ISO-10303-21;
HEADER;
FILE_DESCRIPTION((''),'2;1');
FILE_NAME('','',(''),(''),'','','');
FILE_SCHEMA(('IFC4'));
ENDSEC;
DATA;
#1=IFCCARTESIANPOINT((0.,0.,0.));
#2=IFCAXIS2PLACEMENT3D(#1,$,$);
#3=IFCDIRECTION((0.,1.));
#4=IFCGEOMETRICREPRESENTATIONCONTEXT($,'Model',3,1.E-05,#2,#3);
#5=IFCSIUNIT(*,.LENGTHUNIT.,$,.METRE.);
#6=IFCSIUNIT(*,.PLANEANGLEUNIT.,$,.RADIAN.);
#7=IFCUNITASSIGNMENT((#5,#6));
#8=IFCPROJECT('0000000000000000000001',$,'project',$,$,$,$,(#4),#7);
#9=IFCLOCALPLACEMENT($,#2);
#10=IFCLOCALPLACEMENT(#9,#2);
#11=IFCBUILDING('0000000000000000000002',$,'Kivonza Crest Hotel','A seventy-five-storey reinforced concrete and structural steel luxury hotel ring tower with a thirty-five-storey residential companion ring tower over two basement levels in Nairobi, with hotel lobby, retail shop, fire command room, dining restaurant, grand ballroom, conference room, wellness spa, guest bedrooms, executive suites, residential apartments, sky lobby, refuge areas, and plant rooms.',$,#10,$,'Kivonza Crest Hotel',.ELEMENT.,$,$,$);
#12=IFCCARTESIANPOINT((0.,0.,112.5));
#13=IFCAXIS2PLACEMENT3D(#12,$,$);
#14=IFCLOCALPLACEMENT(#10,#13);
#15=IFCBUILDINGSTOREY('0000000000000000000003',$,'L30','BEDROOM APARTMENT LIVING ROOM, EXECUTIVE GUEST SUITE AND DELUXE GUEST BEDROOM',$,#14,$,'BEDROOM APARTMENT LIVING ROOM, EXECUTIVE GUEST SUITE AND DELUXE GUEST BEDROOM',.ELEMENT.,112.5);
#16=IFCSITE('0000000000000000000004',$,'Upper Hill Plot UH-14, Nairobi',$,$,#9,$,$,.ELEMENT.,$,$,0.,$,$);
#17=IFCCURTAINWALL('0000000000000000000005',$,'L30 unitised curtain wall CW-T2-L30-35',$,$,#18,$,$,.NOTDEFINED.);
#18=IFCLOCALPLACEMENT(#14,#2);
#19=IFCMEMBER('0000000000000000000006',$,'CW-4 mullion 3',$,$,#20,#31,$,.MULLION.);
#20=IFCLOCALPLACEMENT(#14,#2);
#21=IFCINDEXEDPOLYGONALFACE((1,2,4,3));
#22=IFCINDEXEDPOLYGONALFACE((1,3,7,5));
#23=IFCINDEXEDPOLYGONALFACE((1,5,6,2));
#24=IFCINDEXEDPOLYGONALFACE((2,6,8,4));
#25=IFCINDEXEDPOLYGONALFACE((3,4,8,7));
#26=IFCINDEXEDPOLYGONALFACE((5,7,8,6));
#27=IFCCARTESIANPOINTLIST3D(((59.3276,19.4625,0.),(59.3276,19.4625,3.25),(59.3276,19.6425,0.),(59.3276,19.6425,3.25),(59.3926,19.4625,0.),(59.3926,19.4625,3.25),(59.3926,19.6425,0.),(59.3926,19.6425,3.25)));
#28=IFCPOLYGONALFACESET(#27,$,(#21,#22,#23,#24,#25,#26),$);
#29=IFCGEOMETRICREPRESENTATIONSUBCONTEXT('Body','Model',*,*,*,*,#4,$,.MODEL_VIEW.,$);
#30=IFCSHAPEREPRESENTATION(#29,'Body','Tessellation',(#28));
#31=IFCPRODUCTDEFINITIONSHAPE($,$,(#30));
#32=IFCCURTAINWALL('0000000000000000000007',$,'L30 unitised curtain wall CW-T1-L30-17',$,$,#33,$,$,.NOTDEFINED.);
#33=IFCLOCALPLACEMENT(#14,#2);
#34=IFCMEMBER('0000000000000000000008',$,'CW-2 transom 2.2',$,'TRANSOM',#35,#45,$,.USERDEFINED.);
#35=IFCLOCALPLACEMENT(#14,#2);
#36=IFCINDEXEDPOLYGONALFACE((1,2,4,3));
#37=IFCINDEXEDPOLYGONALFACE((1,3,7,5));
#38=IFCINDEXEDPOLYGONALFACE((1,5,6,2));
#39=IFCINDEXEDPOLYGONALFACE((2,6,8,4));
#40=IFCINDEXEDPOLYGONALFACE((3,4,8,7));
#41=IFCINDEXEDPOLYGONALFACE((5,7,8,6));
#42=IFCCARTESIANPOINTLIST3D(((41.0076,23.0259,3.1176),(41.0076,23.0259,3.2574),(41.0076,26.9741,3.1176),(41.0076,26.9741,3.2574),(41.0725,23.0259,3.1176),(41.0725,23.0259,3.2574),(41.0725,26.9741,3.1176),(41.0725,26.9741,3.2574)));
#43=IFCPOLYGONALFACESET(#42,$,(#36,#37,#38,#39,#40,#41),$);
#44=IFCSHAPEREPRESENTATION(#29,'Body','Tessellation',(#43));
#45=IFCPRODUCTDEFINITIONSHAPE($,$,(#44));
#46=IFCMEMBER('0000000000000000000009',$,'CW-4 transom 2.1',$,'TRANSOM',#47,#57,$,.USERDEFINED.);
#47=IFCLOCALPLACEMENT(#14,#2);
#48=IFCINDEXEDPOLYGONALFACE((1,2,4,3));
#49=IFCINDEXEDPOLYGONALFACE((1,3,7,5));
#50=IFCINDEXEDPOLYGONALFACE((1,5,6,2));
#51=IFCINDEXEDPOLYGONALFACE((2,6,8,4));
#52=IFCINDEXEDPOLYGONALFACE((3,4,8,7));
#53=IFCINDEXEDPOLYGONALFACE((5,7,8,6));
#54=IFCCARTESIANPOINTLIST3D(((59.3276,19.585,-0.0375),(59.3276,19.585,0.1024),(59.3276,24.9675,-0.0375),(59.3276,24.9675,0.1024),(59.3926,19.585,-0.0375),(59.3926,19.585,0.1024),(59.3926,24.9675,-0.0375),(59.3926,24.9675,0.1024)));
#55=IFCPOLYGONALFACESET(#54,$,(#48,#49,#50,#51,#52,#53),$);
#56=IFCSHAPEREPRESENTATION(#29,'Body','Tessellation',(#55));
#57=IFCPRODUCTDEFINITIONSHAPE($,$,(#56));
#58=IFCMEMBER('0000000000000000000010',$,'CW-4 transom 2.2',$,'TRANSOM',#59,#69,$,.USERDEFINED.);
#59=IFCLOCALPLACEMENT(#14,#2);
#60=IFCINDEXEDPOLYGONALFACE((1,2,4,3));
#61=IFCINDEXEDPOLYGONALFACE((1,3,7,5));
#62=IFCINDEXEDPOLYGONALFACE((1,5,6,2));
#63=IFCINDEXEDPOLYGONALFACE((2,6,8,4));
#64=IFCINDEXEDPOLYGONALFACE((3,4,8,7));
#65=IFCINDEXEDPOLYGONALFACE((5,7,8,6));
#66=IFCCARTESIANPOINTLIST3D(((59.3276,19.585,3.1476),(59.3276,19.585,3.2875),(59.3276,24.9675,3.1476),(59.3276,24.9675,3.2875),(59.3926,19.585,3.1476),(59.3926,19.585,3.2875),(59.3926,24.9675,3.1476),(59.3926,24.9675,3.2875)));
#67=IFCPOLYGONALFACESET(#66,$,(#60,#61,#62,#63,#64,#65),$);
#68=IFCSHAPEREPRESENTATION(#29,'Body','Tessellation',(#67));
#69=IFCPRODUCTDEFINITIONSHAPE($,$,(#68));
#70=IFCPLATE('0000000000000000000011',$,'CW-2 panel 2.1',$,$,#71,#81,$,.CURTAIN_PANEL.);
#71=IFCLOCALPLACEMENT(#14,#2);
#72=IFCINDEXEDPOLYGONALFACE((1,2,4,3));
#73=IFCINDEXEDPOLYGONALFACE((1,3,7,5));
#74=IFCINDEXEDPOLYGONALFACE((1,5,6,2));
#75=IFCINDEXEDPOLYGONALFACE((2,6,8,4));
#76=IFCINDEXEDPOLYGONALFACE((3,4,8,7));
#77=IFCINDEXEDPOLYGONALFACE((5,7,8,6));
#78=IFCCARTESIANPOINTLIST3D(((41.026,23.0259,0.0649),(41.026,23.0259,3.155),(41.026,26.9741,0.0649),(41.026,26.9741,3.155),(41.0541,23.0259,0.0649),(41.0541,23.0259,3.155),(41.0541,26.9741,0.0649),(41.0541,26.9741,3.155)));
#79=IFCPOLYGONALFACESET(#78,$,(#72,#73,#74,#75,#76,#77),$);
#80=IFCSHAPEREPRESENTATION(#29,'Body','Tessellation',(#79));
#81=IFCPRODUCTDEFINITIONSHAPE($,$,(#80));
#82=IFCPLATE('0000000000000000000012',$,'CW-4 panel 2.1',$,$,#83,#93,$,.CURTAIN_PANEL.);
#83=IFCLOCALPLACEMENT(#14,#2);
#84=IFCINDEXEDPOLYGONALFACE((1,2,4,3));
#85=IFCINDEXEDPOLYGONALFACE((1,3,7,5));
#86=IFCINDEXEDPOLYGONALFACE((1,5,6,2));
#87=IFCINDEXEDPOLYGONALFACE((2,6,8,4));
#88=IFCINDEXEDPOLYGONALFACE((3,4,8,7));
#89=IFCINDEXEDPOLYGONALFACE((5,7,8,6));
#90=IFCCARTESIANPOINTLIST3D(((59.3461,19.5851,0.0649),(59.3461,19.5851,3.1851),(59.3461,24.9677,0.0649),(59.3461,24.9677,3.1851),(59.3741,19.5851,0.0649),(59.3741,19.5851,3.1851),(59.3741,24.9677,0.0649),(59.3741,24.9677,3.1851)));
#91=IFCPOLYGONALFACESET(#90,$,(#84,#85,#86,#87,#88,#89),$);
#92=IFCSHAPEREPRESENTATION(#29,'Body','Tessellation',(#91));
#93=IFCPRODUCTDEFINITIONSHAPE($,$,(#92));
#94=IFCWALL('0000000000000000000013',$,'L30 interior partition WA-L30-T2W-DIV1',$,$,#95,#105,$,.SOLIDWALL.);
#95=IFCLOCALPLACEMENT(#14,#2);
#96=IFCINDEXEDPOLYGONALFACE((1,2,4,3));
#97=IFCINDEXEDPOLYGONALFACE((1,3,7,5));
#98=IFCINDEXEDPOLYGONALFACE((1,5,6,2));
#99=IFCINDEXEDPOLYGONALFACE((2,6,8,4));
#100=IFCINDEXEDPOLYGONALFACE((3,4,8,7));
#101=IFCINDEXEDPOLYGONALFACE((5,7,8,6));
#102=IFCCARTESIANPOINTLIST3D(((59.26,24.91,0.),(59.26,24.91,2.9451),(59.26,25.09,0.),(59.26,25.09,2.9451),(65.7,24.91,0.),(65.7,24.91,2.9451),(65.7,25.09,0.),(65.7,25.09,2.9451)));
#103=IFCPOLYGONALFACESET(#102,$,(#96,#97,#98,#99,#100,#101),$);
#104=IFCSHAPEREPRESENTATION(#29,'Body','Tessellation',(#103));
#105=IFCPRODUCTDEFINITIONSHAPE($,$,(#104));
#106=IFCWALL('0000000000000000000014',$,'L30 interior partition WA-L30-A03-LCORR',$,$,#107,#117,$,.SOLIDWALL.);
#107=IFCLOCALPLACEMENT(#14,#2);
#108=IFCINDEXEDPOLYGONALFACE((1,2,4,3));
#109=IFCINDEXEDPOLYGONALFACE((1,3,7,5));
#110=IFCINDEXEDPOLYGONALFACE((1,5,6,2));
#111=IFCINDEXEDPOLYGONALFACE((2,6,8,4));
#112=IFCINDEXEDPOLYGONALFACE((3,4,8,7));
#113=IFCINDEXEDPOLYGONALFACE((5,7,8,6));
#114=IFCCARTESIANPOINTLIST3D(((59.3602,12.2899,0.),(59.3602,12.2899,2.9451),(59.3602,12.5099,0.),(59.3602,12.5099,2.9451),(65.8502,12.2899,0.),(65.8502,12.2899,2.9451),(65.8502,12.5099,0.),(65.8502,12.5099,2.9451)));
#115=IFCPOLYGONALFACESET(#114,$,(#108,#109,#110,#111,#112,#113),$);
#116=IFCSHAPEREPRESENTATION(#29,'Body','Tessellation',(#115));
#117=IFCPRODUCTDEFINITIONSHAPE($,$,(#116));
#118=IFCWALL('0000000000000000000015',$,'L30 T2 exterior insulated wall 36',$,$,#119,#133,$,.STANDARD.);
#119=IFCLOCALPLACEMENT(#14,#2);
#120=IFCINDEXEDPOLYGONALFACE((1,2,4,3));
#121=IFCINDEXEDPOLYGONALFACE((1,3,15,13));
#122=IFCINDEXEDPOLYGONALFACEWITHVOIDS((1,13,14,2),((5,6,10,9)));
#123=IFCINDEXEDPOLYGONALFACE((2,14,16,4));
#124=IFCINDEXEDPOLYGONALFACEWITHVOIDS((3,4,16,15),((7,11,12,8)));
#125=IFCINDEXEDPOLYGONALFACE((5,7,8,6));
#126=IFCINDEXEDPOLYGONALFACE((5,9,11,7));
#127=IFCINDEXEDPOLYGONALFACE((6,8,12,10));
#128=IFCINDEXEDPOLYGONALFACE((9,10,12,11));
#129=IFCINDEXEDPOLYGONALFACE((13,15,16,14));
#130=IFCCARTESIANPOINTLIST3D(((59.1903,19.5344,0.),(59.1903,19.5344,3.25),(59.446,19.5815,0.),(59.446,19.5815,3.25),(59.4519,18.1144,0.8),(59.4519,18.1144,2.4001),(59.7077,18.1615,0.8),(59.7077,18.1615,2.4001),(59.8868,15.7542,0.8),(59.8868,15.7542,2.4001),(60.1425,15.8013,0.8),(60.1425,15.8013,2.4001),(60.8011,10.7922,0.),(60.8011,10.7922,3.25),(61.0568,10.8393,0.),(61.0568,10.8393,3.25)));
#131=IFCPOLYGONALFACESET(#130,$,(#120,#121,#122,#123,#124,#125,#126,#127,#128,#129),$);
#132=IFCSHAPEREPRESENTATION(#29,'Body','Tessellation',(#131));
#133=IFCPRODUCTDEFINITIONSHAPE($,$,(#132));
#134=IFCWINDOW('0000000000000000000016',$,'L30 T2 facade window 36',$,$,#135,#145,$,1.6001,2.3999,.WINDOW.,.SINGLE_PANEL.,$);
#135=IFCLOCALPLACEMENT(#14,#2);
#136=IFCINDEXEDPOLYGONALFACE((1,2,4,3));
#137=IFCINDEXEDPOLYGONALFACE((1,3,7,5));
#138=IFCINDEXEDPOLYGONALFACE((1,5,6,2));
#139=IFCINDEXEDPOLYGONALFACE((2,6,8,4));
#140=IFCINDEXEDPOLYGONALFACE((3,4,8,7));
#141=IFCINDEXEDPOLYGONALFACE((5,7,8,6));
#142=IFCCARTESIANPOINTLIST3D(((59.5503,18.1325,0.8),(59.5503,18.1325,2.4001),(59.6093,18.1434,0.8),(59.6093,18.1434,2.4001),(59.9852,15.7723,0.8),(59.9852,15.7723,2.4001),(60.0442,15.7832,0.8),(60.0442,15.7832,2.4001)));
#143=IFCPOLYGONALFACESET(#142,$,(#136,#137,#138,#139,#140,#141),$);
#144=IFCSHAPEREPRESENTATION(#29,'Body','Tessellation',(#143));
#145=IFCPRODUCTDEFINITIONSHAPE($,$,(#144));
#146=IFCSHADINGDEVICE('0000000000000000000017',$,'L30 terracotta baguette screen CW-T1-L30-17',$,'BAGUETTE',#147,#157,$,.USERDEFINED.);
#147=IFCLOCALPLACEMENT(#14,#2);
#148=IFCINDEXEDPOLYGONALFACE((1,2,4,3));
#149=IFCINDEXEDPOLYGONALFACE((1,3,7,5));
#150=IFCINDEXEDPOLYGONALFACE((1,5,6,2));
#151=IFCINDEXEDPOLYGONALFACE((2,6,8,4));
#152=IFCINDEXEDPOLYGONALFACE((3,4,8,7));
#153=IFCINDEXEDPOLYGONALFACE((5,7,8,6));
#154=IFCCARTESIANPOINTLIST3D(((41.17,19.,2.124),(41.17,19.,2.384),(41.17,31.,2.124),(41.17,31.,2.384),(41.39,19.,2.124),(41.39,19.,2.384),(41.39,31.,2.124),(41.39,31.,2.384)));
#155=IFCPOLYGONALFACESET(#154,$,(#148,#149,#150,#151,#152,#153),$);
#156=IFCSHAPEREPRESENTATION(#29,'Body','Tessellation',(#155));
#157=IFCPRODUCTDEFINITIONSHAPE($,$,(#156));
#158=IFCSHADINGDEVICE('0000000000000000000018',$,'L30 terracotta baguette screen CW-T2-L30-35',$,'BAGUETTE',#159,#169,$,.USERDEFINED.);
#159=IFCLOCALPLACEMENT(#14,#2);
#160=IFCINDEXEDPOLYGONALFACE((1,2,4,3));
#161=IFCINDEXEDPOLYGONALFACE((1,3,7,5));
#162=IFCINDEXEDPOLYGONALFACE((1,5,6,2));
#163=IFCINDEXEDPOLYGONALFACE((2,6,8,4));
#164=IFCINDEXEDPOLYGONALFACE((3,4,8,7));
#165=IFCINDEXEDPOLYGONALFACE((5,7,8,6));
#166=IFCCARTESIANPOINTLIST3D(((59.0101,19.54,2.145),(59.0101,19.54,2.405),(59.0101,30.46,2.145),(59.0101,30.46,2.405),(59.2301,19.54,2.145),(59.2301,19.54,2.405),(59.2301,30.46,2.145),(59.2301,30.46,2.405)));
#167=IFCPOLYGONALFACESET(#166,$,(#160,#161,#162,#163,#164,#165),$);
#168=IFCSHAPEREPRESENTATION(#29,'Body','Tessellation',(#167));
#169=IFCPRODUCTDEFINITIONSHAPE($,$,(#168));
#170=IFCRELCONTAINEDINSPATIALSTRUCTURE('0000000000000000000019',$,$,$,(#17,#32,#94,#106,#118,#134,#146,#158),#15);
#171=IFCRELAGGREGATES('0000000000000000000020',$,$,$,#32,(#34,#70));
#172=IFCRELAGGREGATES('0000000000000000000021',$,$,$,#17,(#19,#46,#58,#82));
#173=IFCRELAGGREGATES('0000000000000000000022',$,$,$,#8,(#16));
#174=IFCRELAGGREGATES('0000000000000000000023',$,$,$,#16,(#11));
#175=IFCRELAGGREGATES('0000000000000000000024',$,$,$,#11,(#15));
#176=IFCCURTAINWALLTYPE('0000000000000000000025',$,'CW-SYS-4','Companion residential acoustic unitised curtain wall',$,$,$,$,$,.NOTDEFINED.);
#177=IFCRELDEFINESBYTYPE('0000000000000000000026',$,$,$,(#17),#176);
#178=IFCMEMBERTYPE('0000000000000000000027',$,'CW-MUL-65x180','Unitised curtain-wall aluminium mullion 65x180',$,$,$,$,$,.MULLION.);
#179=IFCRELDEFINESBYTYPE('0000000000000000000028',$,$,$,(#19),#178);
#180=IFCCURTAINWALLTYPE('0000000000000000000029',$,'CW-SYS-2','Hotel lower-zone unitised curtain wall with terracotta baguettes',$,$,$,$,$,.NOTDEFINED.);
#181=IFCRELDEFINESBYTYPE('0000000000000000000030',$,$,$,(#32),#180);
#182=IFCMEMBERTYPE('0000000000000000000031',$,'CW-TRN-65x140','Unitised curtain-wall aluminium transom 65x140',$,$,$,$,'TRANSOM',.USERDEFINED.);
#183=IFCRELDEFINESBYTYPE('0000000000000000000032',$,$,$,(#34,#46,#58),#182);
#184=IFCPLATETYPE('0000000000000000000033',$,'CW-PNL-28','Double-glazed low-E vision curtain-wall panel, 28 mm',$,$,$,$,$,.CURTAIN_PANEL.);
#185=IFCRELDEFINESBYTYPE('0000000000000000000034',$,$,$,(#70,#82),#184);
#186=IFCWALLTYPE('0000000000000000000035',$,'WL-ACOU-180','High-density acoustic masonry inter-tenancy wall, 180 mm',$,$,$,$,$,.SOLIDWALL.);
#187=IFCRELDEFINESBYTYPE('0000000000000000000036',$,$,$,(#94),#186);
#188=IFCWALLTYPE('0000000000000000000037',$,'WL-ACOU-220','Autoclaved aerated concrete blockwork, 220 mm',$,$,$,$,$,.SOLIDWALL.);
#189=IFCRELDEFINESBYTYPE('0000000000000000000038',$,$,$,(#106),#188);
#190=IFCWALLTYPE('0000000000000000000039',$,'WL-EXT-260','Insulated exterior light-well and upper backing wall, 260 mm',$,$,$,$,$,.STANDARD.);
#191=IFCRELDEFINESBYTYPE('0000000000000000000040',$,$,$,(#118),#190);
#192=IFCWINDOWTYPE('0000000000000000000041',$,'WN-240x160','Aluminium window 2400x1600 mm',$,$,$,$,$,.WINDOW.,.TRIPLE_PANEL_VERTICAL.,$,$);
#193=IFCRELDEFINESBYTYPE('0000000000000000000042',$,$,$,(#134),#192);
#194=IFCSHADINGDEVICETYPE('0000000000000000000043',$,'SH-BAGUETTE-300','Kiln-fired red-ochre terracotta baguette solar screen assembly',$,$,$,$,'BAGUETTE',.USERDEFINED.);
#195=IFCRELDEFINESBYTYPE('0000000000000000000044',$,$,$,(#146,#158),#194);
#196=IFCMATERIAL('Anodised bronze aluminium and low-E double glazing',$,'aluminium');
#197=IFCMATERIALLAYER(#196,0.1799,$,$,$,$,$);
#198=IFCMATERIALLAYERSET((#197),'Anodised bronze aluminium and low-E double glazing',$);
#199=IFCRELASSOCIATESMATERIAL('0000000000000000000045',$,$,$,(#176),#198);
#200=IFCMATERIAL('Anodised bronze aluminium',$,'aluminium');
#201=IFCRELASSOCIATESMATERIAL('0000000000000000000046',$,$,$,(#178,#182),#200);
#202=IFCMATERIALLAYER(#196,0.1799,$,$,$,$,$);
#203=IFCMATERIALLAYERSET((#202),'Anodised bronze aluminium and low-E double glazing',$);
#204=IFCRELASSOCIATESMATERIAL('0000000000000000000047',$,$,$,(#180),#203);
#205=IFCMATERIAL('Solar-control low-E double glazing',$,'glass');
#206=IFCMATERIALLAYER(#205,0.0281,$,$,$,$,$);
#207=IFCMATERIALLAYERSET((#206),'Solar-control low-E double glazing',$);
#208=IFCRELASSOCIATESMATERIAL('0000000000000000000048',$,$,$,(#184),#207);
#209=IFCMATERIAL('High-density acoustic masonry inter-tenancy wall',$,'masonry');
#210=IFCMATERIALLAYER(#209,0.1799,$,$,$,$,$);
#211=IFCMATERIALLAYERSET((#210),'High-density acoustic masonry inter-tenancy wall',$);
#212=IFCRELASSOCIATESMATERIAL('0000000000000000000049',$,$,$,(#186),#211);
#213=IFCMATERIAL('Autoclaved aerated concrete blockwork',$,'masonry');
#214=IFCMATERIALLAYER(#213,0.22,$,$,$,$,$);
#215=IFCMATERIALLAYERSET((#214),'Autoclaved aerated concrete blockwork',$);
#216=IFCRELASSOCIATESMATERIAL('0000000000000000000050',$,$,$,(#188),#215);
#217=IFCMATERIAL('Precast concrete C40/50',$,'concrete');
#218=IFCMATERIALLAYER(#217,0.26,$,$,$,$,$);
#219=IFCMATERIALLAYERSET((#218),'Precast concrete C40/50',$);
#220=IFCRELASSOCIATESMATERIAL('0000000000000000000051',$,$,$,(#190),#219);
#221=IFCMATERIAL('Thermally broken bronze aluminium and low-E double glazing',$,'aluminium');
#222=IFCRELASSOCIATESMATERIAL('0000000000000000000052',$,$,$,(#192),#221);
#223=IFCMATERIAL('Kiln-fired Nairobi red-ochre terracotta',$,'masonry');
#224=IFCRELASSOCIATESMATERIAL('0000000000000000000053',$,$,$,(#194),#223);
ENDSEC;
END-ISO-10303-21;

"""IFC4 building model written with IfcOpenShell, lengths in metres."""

from ifc_helpers import new_model, si_unit, direction, frame, frame_2d, origin, origin_2d, place, context, subcontext, project, spatial, rectangle, extrude, material, layer, layer_set, material_profile, profile_set, type_object, element, fill, aggregate, save


model = new_model("IFC4")

# Units and contexts
model_context = context("Model", 3, precision=1e-05, world=origin(), true_north=direction((0.0, 1.0)))
body_context = subcontext(model_context, "Body", "Model", "MODEL_VIEW")
ifc_project = project(units=[si_unit("LENGTHUNIT", "METRE"), si_unit("PLANEANGLEUNIT", "RADIAN")], contexts=[model_context])

# Site, building, storey
site_placement = place(None, origin())
site = spatial("IfcSite", under=ifc_project, at=site_placement, Name="Upper Hill Plot UH-14, Nairobi", CompositionType="ELEMENT", RefElevation=0.0)
building_placement = place(site_placement, origin())
building = spatial("IfcBuilding", under=site, at=building_placement, Name="Kivonza Crest Hotel", Description="A seventy-five-storey reinforced concrete and structural steel luxury hotel ring tower with a thirty-five-storey residential companion ring tower over two basement levels in Nairobi, with hotel lobby, retail shop, fire command room, dining restaurant, grand ballroom, conference room, wellness spa, guest bedrooms, executive suites, residential apartments, sky lobby, refuge areas, and plant rooms.", LongName="Kivonza Crest Hotel", CompositionType="ELEMENT")
storey_placement = place(building_placement, frame((0.0, 0.0, 112.5)))
storey = spatial("IfcBuildingStorey", under=building, at=storey_placement, Name="L30", Description="BEDROOM APARTMENT LIVING ROOM, EXECUTIVE GUEST SUITE AND DELUXE GUEST BEDROOM", LongName="BEDROOM APARTMENT LIVING ROOM, EXECUTIVE GUEST SUITE AND DELUXE GUEST BEDROOM", CompositionType="ELEMENT", Elevation=112.5)

# Curtain walls, members
ifc_material_1 = material(Name="Anodised bronze aluminium and low-E double glazing", Category="aluminium")
ifc_layer_1 = layer(ifc_material_1, 0.1799)
ifc_layer_set_1 = layer_set([ifc_layer_1], Name="Anodised bronze aluminium and low-E double glazing")
curtain_wall_type_1 = type_object("IfcCurtainWallType", Name="CW-SYS-4", Description="Companion residential acoustic unitised curtain wall", PredefinedType="NOTDEFINED", material=ifc_layer_set_1)
curtain_wall_1_placement = place(storey_placement, origin())
curtain_wall_1 = element("IfcCurtainWall", 1, at=curtain_wall_1_placement, inside=storey, type_object=curtain_wall_type_1, Name="L30 unitised curtain wall CW-T2-L30-35", PredefinedType="NOTDEFINED")
ifc_material_2 = material(Name="Anodised bronze aluminium", Category="aluminium")
ifc_material_profile_1 = material_profile(ifc_material_2, rectangle(XDim=0.0649, YDim=0.1799, at=origin_2d()), Name="CW-M 65x180")
ifc_profile_set_1 = profile_set([ifc_material_profile_1], Name="Anodised bronze aluminium")
member_type_1 = type_object("IfcMemberType", Name="CW-MUL-65x180", Description="Unitised curtain-wall aluminium mullion 65x180", PredefinedType="MULLION", material=ifc_profile_set_1)
member_1_placement = place(storey_placement, frame((59.3601, 19.5525, 0.0), z_axis=(0.0, 0.0, 1.0), x_axis=(1.0, 0.0, 0.0)))
member_1 = element("IfcMember", 2, at=member_1_placement, type_object=member_type_1, Name="CW-4 mullion 3", PredefinedType="MULLION", context=body_context, shape_type="SweptSolid", body=[
    extrude(rectangle(XDim=0.0649, YDim=0.1799, at=origin_2d()), origin(), (0.0, 0.0, 1.0), 3.25),
])
ifc_layer_2 = layer(ifc_material_1, 0.1799)
ifc_layer_set_2 = layer_set([ifc_layer_2], Name="Anodised bronze aluminium and low-E double glazing")
curtain_wall_type_2 = type_object("IfcCurtainWallType", Name="CW-SYS-2", Description="Hotel lower-zone unitised curtain wall with terracotta baguettes", PredefinedType="NOTDEFINED", material=ifc_layer_set_2)
curtain_wall_2_placement = place(storey_placement, origin())
curtain_wall_2 = element("IfcCurtainWall", 3, at=curtain_wall_2_placement, inside=storey, type_object=curtain_wall_type_2, Name="L30 unitised curtain wall CW-T1-L30-17", PredefinedType="NOTDEFINED")
ifc_material_profile_2 = material_profile(ifc_material_2, rectangle(XDim=0.0649, YDim=0.1399, at=origin_2d()), Name="CW-T 65x140")
ifc_profile_set_2 = profile_set([ifc_material_profile_2], Name="Anodised bronze aluminium")
member_type_2 = type_object("IfcMemberType", Name="CW-TRN-65x140", Description="Unitised curtain-wall aluminium transom 65x140", ElementType="TRANSOM", PredefinedType="USERDEFINED", material=ifc_profile_set_2)
member_2_placement = place(storey_placement, frame((41.04, 23.0259, 3.1875), z_axis=(0.0, 1.0, 0.0), x_axis=(-1.0, 0.0, 0.0)))
member_2 = element("IfcMember", 4, at=member_2_placement, type_object=member_type_2, Name="CW-2 transom 2.2", ObjectType="TRANSOM", PredefinedType="USERDEFINED", context=body_context, shape_type="SweptSolid", body=[
    extrude(rectangle(XDim=0.0649, YDim=0.1399, at=origin_2d()), origin(), (0.0, 0.0, 1.0), 3.9482),
])

# Members
member_3_placement = place(storey_placement, frame((59.3601, 24.9675, 0.0325), z_axis=(0.0, -1.0, 0.0), x_axis=(1.0, 0.0, 0.0)))
member_3 = element("IfcMember", 5, at=member_3_placement, type_object=member_type_2, Name="CW-4 transom 2.1", ObjectType="TRANSOM", PredefinedType="USERDEFINED", context=body_context, shape_type="SweptSolid", body=[
    extrude(rectangle(XDim=0.0649, YDim=0.1399, at=origin_2d()), origin(), (0.0, 0.0, 1.0), 5.3826),
])
member_4_placement = place(storey_placement, frame((59.3601, 24.9675, 3.2175), z_axis=(0.0, -1.0, 0.0), x_axis=(1.0, 0.0, 0.0)))
member_4 = element("IfcMember", 6, at=member_4_placement, type_object=member_type_2, Name="CW-4 transom 2.2", ObjectType="TRANSOM", PredefinedType="USERDEFINED", context=body_context, shape_type="SweptSolid", body=[
    extrude(rectangle(XDim=0.0649, YDim=0.1399, at=origin_2d()), origin(), (0.0, 0.0, 1.0), 5.3826),
])

# Plates
ifc_material_3 = material(Name="Solar-control low-E double glazing", Category="glass")
ifc_layer_3 = layer(ifc_material_3, 0.0281)
ifc_layer_set_3 = layer_set([ifc_layer_3], Name="Solar-control low-E double glazing")
plate_type = type_object("IfcPlateType", Name="CW-PNL-28", Description="Double-glazed low-E vision curtain-wall panel, 28 mm", PredefinedType="CURTAIN_PANEL", material=ifc_layer_set_3)
plate_1_placement = place(storey_placement, frame((41.04, 25.0, 0.0649), z_axis=(0.0, 0.0, 1.0), x_axis=(0.0, 1.0, 0.0)))
plate_1 = element("IfcPlate", 7, at=plate_1_placement, type_object=plate_type, Name="CW-2 panel 2.1", PredefinedType="CURTAIN_PANEL", context=body_context, shape_type="SweptSolid", body=[
    extrude(rectangle(XDim=3.9482, YDim=0.0281, at=origin_2d()), origin(), (0.0, 0.0, 1.0), 3.0901),
])
aggregate(curtain_wall_2, [member_2, plate_1])
plate_2_placement = place(storey_placement, frame((59.3601, 22.2764, 0.0649), z_axis=(0.0, 0.0, 1.0), x_axis=(0.0, -1.0, 0.0)))
plate_2 = element("IfcPlate", 8, at=plate_2_placement, type_object=plate_type, Name="CW-4 panel 2.1", PredefinedType="CURTAIN_PANEL", context=body_context, shape_type="SweptSolid", body=[
    extrude(rectangle(XDim=5.3826, YDim=0.0281, at=origin_2d()), origin(), (0.0, 0.0, 1.0), 3.1201),
])
aggregate(curtain_wall_1, [member_1, member_3, member_4, plate_2])

# Walls
ifc_material_4 = material(Name="High-density acoustic masonry inter-tenancy wall", Category="masonry")
ifc_layer_4 = layer(ifc_material_4, 0.1799)
ifc_layer_set_4 = layer_set([ifc_layer_4], Name="High-density acoustic masonry inter-tenancy wall")
wall_type_1 = type_object("IfcWallType", Name="WL-ACOU-180", Description="High-density acoustic masonry inter-tenancy wall, 180 mm", PredefinedType="SOLIDWALL", material=ifc_layer_set_4)
wall_1_placement = place(storey_placement, frame((59.26, 25.0, 0.0), z_axis=(0.0, 0.0, 1.0), x_axis=(1.0, 0.0, 0.0)))
element("IfcWall", 9, at=wall_1_placement, inside=storey, type_object=wall_type_1, Name="L30 interior partition WA-L30-T2W-DIV1", PredefinedType="SOLIDWALL", context=body_context, shape_type="SweptSolid", body=[
    extrude(rectangle(XDim=6.4399, YDim=0.1799, at=frame_2d((3.22, 0.0))), origin(), (0.0, 0.0, 1.0), 2.9451),
])
ifc_material_5 = material(Name="Autoclaved aerated concrete blockwork", Category="masonry")
ifc_layer_5 = layer(ifc_material_5, 0.22)
ifc_layer_set_5 = layer_set([ifc_layer_5], Name="Autoclaved aerated concrete blockwork")
wall_type_2 = type_object("IfcWallType", Name="WL-ACOU-220", Description="Autoclaved aerated concrete blockwork, 220 mm", PredefinedType="SOLIDWALL", material=ifc_layer_set_5)
wall_2_placement = place(storey_placement, frame((59.3601, 12.3999, 0.0), z_axis=(0.0, 0.0, 1.0), x_axis=(1.0, 0.0, 0.0)))
element("IfcWall", 10, at=wall_2_placement, inside=storey, type_object=wall_type_2, Name="L30 interior partition WA-L30-A03-LCORR", PredefinedType="SOLIDWALL", context=body_context, shape_type="SweptSolid", body=[
    extrude(rectangle(XDim=6.49, YDim=0.22, at=frame_2d((3.2451, 0.0))), origin(), (0.0, 0.0, 1.0), 2.9451),
])

# Wall, opening, window
ifc_material_6 = material(Name="Precast concrete C40/50", Category="concrete")
ifc_layer_6 = layer(ifc_material_6, 0.26)
ifc_layer_set_6 = layer_set([ifc_layer_6], Name="Precast concrete C40/50")
wall_type_3 = type_object("IfcWallType", Name="WL-EXT-260", Description="Insulated exterior light-well and upper backing wall, 260 mm", PredefinedType="STANDARD", material=ifc_layer_set_6)
wall_3_placement = place(storey_placement, frame((59.3181, 19.5581, 0.0), z_axis=(0.0, 0.0, 1.0), x_axis=(0.18121, -0.983444, 0.0)))
wall_3 = element("IfcWall", 11, at=wall_3_placement, inside=storey, type_object=wall_type_3, Name="L30 T2 exterior insulated wall 36", PredefinedType="STANDARD", context=body_context, shape_type="SweptSolid", body=[
    extrude(rectangle(XDim=8.8894, YDim=0.26, at=frame_2d((4.4448, 0.0))), origin(), (0.0, 0.0, 1.0), 3.25),
])
opening_placement = place(wall_3_placement, frame((1.4441, 0.0, 0.8)))
opening = element("IfcOpeningElement", 12, at=opening_placement, cuts=wall_3, PredefinedType="OPENING", context=body_context, shape_type="SweptSolid", body=[
    extrude(rectangle(XDim=2.3999, YDim=1.6001, at=frame_2d((1.2, 0.8))), frame((0.0, 0.1401, 0.0), z_axis=(0.0, -1.0, 0.0), x_axis=(1.0, 0.0, 0.0)), (0.0, 0.0, 1.0), 0.28),
])
ifc_material_7 = material(Name="Thermally broken bronze aluminium and low-E double glazing", Category="aluminium")
window_type = type_object("IfcWindowType", Name="WN-240x160", Description="Aluminium window 2400x1600 mm", PartitioningType="TRIPLE_PANEL_VERTICAL", PredefinedType="WINDOW", material=ifc_material_7)
window_placement = place(opening_placement, origin())
window = element("IfcWindow", 13, at=window_placement, inside=storey, type_object=window_type, Name="L30 T2 facade window 36", OverallHeight=1.6001, OverallWidth=2.3999, PartitioningType="SINGLE_PANEL", PredefinedType="WINDOW", context=body_context, shape_type="SweptSolid", body=[
    extrude(rectangle(XDim=2.3999, YDim=1.6001, at=frame_2d((1.2, 0.8))), frame((0.0, 0.03, 0.0), z_axis=(0.0, -1.0, 0.0), x_axis=(1.0, 0.0, 0.0)), (0.0, 0.0, 1.0), 0.0601),
])
fill(opening, window)

# Shading devices
ifc_material_8 = material(Name="Kiln-fired Nairobi red-ochre terracotta", Category="masonry")
shading_device_type_1 = type_object("IfcShadingDeviceType", Name="SH-BAGUETTE-300", Description="Kiln-fired red-ochre terracotta baguette solar screen assembly", ElementType="BAGUETTE", PredefinedType="USERDEFINED", material=ifc_material_8)
shading_device_1_placement = place(storey_placement, frame((41.28, 25.0, 2.124), z_axis=(0.0, 0.0, 1.0), x_axis=(0.0, 1.0, 0.0)))
element("IfcShadingDevice", 14, at=shading_device_1_placement, inside=storey, type_object=shading_device_type_1, Name="L30 terracotta baguette screen CW-T1-L30-17", ObjectType="BAGUETTE", PredefinedType="USERDEFINED", context=body_context, shape_type="SweptSolid", body=[
    extrude(rectangle(XDim=12.0, YDim=0.22, at=origin_2d()), origin(), (0.0, 0.0, 1.0), 0.26),
])
shading_device_2_placement = place(storey_placement, frame((59.1201, 25.0, 2.145), z_axis=(0.0, 0.0, 1.0), x_axis=(0.0, -1.0, 0.0)))
element("IfcShadingDevice", 15, at=shading_device_2_placement, inside=storey, type_object=shading_device_type_1, Name="L30 terracotta baguette screen CW-T2-L30-35", ObjectType="BAGUETTE", PredefinedType="USERDEFINED", context=body_context, shape_type="SweptSolid", body=[
    extrude(rectangle(XDim=10.9199, YDim=0.22, at=origin_2d()), origin(), (0.0, 0.0, 1.0), 0.26),
])

save(model, "model.ifc")
